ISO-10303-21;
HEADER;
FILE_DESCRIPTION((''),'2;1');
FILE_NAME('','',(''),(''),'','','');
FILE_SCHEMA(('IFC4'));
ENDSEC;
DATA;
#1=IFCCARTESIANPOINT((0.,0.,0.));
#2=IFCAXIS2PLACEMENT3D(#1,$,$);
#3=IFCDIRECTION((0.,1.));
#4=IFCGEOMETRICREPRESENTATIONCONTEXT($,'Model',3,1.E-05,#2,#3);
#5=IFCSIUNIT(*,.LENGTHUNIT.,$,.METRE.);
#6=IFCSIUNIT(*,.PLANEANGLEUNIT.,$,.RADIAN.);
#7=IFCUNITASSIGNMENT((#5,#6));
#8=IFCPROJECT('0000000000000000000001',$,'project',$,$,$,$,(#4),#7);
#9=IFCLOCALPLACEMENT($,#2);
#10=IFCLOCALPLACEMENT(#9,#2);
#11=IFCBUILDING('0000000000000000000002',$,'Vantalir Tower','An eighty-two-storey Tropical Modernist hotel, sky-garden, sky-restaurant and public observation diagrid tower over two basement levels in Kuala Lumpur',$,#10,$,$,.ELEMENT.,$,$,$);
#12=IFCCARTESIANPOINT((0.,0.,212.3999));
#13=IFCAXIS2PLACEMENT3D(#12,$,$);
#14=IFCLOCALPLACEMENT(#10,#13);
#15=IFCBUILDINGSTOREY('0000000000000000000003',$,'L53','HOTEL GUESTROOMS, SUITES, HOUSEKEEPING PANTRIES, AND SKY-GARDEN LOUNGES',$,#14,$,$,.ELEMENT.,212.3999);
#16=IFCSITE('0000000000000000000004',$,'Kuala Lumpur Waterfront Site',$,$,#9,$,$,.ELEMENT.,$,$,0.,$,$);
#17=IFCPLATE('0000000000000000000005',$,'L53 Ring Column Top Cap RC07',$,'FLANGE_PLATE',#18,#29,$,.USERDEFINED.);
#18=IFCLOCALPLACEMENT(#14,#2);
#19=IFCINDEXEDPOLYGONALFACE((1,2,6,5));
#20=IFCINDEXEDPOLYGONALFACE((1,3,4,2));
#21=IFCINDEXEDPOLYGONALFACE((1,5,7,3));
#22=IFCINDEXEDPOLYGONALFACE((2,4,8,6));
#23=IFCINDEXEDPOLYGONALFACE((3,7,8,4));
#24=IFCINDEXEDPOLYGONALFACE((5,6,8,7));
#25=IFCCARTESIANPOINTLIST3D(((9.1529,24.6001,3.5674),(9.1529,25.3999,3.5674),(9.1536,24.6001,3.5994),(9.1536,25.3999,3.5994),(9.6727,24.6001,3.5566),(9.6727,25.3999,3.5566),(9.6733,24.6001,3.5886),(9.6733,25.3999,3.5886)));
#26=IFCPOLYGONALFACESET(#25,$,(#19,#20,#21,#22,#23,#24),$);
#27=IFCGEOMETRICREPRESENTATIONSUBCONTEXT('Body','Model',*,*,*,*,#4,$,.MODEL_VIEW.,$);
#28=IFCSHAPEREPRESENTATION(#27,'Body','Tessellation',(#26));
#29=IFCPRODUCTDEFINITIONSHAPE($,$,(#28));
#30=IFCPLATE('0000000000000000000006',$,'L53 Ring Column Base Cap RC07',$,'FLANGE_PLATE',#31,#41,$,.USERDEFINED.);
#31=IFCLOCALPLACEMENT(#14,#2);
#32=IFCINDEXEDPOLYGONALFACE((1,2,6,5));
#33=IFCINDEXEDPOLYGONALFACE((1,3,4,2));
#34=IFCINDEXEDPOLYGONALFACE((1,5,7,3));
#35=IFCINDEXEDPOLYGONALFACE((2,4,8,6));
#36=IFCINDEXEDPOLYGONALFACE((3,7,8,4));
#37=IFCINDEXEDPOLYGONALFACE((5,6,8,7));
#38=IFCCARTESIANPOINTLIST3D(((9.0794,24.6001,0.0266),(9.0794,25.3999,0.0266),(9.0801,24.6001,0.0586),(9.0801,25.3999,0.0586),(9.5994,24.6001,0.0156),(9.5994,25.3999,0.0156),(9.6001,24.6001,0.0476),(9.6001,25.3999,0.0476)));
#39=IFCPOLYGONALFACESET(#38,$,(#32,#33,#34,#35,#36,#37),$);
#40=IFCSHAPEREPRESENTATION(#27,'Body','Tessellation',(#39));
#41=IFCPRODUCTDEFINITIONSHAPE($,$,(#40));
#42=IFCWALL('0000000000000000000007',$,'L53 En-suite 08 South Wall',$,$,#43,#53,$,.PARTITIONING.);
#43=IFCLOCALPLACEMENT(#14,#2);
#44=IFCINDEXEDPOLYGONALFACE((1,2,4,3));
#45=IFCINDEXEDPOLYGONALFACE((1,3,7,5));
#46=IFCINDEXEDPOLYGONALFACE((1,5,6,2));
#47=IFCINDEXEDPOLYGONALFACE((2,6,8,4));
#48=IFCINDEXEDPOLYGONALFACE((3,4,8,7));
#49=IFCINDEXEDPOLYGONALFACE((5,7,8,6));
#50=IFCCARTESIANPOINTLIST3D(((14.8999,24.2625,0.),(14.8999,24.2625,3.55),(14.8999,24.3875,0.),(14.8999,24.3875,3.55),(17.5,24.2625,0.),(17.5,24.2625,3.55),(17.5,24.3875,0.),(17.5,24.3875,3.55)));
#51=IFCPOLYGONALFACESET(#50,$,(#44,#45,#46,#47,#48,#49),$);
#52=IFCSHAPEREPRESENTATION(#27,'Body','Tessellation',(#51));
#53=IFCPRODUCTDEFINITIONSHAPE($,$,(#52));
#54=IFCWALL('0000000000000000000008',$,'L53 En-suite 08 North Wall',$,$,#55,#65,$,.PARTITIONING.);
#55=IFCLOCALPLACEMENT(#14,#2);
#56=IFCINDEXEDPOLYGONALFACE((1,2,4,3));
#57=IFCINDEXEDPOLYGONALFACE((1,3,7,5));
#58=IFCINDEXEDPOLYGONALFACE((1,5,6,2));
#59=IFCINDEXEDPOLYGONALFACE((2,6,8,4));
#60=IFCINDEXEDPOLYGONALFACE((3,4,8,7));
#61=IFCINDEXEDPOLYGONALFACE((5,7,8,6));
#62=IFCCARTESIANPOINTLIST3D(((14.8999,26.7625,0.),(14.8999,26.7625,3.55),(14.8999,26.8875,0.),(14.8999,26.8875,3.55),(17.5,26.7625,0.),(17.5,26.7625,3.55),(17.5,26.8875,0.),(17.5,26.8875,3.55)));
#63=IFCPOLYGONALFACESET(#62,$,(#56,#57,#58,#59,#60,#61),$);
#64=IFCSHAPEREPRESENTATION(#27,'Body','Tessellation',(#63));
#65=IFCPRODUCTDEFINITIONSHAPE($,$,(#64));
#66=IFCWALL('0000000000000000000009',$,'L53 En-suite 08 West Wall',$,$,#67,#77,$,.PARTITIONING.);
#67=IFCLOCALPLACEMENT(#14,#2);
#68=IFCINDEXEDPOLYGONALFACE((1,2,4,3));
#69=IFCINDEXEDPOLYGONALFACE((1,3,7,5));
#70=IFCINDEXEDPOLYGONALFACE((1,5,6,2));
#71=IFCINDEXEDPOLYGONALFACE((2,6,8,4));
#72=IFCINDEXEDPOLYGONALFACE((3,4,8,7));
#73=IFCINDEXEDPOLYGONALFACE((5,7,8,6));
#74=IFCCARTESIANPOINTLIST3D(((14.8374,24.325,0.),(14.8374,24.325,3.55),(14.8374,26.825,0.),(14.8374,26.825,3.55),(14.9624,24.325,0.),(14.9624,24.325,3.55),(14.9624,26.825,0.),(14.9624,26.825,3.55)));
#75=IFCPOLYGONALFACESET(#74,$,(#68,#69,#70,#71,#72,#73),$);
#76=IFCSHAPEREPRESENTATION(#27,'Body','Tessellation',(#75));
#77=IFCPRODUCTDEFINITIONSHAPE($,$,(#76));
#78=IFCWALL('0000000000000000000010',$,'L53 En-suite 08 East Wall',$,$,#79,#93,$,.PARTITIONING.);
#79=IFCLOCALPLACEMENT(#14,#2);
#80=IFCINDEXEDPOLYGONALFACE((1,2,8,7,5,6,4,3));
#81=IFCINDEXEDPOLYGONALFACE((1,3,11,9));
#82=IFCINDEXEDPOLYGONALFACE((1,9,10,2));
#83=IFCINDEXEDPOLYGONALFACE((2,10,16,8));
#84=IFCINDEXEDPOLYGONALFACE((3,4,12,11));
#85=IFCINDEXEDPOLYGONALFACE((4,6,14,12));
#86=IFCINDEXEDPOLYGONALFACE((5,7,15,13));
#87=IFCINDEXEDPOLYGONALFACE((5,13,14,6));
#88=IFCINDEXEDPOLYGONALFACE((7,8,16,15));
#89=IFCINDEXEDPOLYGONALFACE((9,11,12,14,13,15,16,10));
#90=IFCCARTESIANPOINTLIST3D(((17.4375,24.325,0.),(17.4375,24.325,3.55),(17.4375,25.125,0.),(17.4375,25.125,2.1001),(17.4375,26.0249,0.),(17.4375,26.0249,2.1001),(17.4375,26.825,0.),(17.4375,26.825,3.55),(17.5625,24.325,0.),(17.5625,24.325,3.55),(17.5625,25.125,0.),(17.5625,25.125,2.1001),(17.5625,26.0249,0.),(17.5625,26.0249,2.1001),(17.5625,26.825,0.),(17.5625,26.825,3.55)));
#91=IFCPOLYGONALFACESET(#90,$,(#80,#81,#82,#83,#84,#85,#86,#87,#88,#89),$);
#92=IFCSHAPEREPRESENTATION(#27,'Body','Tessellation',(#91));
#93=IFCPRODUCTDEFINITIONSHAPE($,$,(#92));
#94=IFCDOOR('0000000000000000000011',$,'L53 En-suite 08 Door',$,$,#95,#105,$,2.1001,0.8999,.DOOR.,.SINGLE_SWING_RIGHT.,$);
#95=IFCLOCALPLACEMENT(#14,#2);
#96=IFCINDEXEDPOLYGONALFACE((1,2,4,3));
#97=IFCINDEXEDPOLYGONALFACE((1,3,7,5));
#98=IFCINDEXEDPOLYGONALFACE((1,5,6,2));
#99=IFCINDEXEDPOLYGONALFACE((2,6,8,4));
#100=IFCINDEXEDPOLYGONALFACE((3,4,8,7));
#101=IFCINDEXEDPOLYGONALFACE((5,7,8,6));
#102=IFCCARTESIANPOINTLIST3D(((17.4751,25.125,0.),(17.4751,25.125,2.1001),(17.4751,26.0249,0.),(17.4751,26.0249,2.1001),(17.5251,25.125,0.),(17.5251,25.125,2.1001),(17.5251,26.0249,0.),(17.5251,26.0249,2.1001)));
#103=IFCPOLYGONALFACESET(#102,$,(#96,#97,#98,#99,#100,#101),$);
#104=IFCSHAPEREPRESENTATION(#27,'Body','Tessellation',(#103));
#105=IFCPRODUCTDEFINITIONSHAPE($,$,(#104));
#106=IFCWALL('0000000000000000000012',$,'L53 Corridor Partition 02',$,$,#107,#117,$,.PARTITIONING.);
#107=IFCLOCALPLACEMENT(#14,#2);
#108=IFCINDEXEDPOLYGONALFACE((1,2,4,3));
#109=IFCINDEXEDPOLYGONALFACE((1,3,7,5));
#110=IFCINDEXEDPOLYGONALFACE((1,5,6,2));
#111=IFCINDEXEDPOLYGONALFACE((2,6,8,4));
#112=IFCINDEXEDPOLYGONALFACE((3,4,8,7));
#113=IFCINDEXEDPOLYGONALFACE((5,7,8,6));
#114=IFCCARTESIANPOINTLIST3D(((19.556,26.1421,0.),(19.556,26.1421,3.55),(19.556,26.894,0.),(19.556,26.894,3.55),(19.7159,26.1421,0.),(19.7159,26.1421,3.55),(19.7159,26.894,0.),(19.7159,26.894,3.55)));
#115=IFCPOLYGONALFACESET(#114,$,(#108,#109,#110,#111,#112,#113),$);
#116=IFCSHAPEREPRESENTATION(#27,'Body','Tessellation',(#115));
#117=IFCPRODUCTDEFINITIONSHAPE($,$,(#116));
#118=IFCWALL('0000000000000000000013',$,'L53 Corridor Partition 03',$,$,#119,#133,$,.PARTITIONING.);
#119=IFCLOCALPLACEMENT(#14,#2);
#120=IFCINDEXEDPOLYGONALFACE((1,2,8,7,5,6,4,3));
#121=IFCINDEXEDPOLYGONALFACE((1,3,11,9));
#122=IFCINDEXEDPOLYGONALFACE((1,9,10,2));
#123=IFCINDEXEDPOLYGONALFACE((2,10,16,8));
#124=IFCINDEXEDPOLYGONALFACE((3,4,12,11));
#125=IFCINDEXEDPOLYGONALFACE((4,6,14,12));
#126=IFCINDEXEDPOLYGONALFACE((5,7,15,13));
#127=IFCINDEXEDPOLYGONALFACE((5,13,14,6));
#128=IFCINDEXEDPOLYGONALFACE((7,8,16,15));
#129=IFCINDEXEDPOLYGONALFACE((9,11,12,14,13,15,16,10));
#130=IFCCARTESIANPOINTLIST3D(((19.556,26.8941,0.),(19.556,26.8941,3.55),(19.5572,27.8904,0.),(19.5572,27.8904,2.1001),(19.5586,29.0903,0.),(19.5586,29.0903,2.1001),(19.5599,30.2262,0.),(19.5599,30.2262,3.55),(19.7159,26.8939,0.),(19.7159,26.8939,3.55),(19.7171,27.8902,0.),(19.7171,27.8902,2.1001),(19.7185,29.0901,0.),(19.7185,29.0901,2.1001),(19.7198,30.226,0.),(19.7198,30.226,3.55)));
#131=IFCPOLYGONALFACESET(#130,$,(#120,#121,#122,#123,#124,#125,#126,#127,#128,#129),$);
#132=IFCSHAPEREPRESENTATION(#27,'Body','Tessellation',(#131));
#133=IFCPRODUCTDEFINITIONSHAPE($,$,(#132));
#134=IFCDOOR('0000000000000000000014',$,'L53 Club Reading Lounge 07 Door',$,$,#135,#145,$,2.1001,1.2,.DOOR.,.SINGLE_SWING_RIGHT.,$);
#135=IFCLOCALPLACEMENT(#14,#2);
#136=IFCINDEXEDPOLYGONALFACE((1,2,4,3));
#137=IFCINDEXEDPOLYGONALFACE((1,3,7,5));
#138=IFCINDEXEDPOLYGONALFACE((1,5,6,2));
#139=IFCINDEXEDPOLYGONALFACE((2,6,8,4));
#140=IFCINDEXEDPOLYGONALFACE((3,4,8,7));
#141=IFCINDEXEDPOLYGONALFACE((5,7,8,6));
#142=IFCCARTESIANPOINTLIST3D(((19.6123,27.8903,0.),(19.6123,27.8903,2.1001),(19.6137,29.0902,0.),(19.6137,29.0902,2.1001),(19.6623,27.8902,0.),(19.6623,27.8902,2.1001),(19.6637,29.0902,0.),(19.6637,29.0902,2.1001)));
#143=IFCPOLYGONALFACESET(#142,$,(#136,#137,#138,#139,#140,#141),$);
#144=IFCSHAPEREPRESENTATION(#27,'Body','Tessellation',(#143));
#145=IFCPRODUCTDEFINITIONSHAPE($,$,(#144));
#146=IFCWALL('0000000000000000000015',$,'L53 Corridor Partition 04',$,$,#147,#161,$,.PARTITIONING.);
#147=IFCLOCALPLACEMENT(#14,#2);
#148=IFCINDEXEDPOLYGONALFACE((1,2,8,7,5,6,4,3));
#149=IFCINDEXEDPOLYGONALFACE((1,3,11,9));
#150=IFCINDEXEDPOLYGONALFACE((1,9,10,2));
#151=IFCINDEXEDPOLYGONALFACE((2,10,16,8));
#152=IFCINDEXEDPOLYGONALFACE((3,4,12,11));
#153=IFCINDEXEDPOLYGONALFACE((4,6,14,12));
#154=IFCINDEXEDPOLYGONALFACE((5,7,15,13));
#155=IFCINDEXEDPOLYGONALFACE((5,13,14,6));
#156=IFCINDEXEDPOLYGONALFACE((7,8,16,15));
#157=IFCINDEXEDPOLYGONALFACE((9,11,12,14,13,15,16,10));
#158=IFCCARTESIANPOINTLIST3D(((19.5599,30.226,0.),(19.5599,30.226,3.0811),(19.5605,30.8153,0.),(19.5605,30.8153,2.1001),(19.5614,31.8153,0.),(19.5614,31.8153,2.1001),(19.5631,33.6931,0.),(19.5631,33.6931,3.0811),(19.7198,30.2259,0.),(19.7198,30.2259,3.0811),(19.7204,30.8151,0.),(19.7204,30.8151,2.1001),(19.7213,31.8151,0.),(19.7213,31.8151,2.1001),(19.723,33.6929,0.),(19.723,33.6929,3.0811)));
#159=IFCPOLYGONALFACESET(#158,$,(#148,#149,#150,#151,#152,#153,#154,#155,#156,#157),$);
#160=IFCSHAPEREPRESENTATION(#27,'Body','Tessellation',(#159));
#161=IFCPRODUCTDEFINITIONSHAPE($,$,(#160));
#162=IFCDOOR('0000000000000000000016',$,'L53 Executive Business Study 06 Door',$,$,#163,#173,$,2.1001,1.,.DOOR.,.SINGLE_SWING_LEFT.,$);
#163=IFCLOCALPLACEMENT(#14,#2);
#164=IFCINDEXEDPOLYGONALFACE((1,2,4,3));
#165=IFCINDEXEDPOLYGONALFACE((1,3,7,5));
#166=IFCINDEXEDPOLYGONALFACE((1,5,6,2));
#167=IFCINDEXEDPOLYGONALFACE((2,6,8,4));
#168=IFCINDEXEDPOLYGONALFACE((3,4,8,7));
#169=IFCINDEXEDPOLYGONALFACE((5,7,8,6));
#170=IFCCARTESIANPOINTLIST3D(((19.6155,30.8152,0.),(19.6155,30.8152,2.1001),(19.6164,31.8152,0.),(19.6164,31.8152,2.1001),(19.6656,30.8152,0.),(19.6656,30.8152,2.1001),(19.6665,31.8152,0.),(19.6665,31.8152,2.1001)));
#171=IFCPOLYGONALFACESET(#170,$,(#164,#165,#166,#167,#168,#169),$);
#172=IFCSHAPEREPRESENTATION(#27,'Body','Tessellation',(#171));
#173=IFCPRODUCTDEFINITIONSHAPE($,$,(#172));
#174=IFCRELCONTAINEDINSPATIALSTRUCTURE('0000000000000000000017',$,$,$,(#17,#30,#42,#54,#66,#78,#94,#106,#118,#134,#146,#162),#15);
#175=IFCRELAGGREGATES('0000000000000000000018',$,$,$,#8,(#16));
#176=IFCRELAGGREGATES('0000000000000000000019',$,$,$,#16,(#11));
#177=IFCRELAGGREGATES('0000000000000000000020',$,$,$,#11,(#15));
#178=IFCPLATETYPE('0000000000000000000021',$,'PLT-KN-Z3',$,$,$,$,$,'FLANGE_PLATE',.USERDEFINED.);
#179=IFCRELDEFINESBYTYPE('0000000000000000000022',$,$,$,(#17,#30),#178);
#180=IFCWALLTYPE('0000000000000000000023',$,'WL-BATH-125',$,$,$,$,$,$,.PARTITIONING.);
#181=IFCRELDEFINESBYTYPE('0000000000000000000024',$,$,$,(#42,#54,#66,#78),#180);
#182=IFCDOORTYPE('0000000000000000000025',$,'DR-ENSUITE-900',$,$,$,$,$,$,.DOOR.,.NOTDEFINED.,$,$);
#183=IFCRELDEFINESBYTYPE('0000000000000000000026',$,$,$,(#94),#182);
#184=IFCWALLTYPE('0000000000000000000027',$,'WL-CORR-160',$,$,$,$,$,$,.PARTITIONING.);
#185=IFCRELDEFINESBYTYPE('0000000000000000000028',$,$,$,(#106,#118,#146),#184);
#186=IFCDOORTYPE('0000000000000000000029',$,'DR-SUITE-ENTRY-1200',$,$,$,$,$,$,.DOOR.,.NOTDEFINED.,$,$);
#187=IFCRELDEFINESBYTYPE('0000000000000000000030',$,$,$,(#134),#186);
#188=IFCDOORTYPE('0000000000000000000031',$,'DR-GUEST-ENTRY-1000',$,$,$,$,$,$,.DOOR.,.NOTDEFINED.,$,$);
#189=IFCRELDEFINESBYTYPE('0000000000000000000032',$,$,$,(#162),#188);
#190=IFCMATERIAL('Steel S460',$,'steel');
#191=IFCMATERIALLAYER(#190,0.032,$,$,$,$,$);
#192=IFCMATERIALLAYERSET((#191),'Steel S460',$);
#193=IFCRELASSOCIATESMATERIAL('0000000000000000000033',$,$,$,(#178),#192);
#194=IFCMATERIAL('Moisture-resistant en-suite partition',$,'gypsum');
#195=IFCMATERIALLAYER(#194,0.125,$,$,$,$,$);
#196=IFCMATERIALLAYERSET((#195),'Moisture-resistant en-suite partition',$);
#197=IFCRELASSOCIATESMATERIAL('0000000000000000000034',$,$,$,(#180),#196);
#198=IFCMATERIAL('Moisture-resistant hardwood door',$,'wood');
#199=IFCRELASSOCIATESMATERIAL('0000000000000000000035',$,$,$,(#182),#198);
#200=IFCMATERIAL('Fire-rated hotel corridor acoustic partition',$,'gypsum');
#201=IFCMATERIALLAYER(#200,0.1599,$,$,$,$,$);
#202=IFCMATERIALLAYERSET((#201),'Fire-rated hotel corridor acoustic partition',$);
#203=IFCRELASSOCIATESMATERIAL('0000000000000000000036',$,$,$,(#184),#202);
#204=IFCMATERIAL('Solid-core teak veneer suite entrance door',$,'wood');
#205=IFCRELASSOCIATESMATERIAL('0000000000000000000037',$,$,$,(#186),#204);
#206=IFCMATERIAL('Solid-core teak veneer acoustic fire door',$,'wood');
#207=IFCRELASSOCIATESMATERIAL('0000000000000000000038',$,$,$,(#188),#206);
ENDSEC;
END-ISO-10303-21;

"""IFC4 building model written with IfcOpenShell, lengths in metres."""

from ifc_helpers import new_model, si_unit, direction, frame, frame_2d, origin, place, context, subcontext, project, spatial, polyline, rectangle, outline, extrude, material, layer, layer_set, type_object, element, fill, save


model = new_model("IFC4")

# Units and contexts
model_context = context("Model", 3, precision=1e-05, world=origin(), true_north=direction((0.0, 1.0)))
body_context = subcontext(model_context, "Body", "Model", "MODEL_VIEW")
ifc_project = project(units=[si_unit("LENGTHUNIT", "METRE"), si_unit("PLANEANGLEUNIT", "RADIAN")], contexts=[model_context])

# Site, building, storey
site_placement = place(None, origin())
site = spatial("IfcSite", under=ifc_project, at=site_placement, Name="Kuala Lumpur Waterfront Site", CompositionType="ELEMENT", RefElevation=0.0)
building_placement = place(site_placement, origin())
building = spatial("IfcBuilding", under=site, at=building_placement, Name="Vantalir Tower", Description="An eighty-two-storey Tropical Modernist hotel, sky-garden, sky-restaurant and public observation diagrid tower over two basement levels in Kuala Lumpur", CompositionType="ELEMENT")
storey_placement = place(building_placement, frame((0.0, 0.0, 212.3999)))
storey = spatial("IfcBuildingStorey", under=building, at=storey_placement, Name="L53", Description="HOTEL GUESTROOMS, SUITES, HOUSEKEEPING PANTRIES, AND SKY-GARDEN LOUNGES", CompositionType="ELEMENT", Elevation=212.3999)

# Shared definitions
ifc_material_1 = material(Name="Steel S460", Category="steel")

# Plates
ifc_layer_1 = layer(ifc_material_1, 0.032)
ifc_layer_set_1 = layer_set([ifc_layer_1], Name="Steel S460")
plate_type_1 = type_object("IfcPlateType", Name="PLT-KN-Z3", ElementType="FLANGE_PLATE", PredefinedType="USERDEFINED", material=ifc_layer_set_1)
plate_1_placement = place(storey_placement, frame((9.1536, 25.3999, 3.5994), z_axis=(0.020663, 0.0, 0.999787), x_axis=(0.0, -1.0, 0.0)))
element("IfcPlate", 1, at=plate_1_placement, inside=storey, type_object=plate_type_1, Name="L53 Ring Column Top Cap RC07", ObjectType="FLANGE_PLATE", PredefinedType="USERDEFINED", context=body_context, shape_type="SweptSolid", body=[
    extrude(outline(polyline([(0.0, 0.0), (0.7998, 0.0), (0.7998, 0.5199), (0.0, 0.5199), (0.0, 0.0)])), origin(), (0.0, 0.0, -1.0), 0.032),
])
plate_2_placement = place(storey_placement, frame((9.0801, 25.3999, 0.0586), z_axis=(0.021122, 0.0, 0.999777), x_axis=(0.0, -1.0, 0.0)))
element("IfcPlate", 2, at=plate_2_placement, inside=storey, type_object=plate_type_1, Name="L53 Ring Column Base Cap RC07", ObjectType="FLANGE_PLATE", PredefinedType="USERDEFINED", context=body_context, shape_type="SweptSolid", body=[
    extrude(outline(polyline([(0.0, 0.0), (0.7998, 0.0), (0.7998, 0.5201), (0.0, 0.5201), (0.0, 0.0)])), origin(), (0.0, 0.0, -1.0), 0.032),
])

# Walls
ifc_material_2 = material(Name="Moisture-resistant en-suite partition", Category="gypsum")
ifc_layer_2 = layer(ifc_material_2, 0.125)
ifc_layer_set_2 = layer_set([ifc_layer_2], Name="Moisture-resistant en-suite partition")
wall_type_1 = type_object("IfcWallType", Name="WL-BATH-125", PredefinedType="PARTITIONING", material=ifc_layer_set_2)
for number, where, z_axis, x_axis, name in (
    (3, (14.8999, 24.325, 0.0), (0.0, 0.0, 1.0), (1.0, 0.0, 0.0), "L53 En-suite 08 South Wall"),
    (4, (14.8999, 26.825, 0.0), (0.0, 0.0, 1.0), (1.0, 0.0, 0.0), "L53 En-suite 08 North Wall"),
):
    element("IfcWall", number, at=place(storey_placement, frame(where, z_axis=z_axis, x_axis=x_axis)), inside=storey, type_object=wall_type_1, Name=name, PredefinedType="PARTITIONING", context=body_context, shape_type="SweptSolid", body=[
        extrude(rectangle(XDim=2.6001, YDim=0.125, at=frame_2d((1.3, 0.0))), origin(), (0.0, 0.0, 1.0), 3.55),
    ])
wall_1_placement = place(storey_placement, frame((14.8999, 24.325, 0.0), z_axis=(0.0, 0.0, 1.0), x_axis=(0.0, 1.0, 0.0)))
element("IfcWall", 5, at=wall_1_placement, inside=storey, type_object=wall_type_1, Name="L53 En-suite 08 West Wall", PredefinedType="PARTITIONING", context=body_context, shape_type="SweptSolid", body=[
    extrude(rectangle(XDim=2.5, YDim=0.125, at=frame_2d((1.25, 0.0))), origin(), (0.0, 0.0, 1.0), 3.55),
])

# Wall, opening, door
wall_2_placement = place(storey_placement, frame((17.5, 24.325, 0.0), z_axis=(0.0, 0.0, 1.0), x_axis=(0.0, 1.0, 0.0)))
wall_2 = element("IfcWall", 6, at=wall_2_placement, inside=storey, type_object=wall_type_1, Name="L53 En-suite 08 East Wall", PredefinedType="PARTITIONING", context=body_context, shape_type="SweptSolid", body=[
    extrude(rectangle(XDim=2.5, YDim=0.125, at=frame_2d((1.25, 0.0))), origin(), (0.0, 0.0, 1.0), 3.55),
])
opening_1_placement = place(wall_2_placement, frame((0.8, 0.0, 0.0)))
opening_1 = element("IfcOpeningElement", 7, at=opening_1_placement, cuts=wall_2, PredefinedType="OPENING", context=body_context, shape_type="SweptSolid", body=[
    extrude(rectangle(XDim=0.8999, YDim=2.1001, at=frame_2d((0.45, 1.05))), frame((0.0, 0.0725, 0.0), z_axis=(0.0, -1.0, 0.0), x_axis=(1.0, 0.0, 0.0)), (0.0, 0.0, 1.0), 0.145),
])
ifc_material_3 = material(Name="Moisture-resistant hardwood door", Category="wood")
door_type_1 = type_object("IfcDoorType", Name="DR-ENSUITE-900", OperationType="NOTDEFINED", PredefinedType="DOOR", material=ifc_material_3)
door_1_placement = place(opening_1_placement, origin())
door_1 = element("IfcDoor", 8, at=door_1_placement, inside=storey, type_object=door_type_1, Name="L53 En-suite 08 Door", OperationType="SINGLE_SWING_RIGHT", OverallHeight=2.1001, OverallWidth=0.8999, PredefinedType="DOOR", context=body_context, shape_type="SweptSolid", body=[
    extrude(rectangle(XDim=0.8999, YDim=2.1001, at=frame_2d((0.45, 1.05))), frame((0.0, 0.0249, 0.0), z_axis=(0.0, -1.0, 0.0), x_axis=(1.0, 0.0, 0.0)), (0.0, 0.0, 1.0), 0.05),
])
fill(opening_1, door_1)

# Wall
ifc_material_4 = material(Name="Fire-rated hotel corridor acoustic partition", Category="gypsum")
ifc_layer_3 = layer(ifc_material_4, 0.1599)
ifc_layer_set_3 = layer_set([ifc_layer_3], Name="Fire-rated hotel corridor acoustic partition")
wall_type_2 = type_object("IfcWallType", Name="WL-CORR-160", PredefinedType="PARTITIONING", material=ifc_layer_set_3)
wall_3_placement = place(storey_placement, frame((19.636, 26.1421, 0.0), z_axis=(0.0, 0.0, 1.0), x_axis=(0.0, 1.0, 0.0)))
element("IfcWall", 9, at=wall_3_placement, inside=storey, type_object=wall_type_2, Name="L53 Corridor Partition 02", PredefinedType="PARTITIONING", context=body_context, shape_type="SweptSolid", body=[
    extrude(rectangle(XDim=0.752, YDim=0.1599, at=frame_2d((0.376, 0.0))), origin(), (0.0, 0.0, 1.0), 3.55),
])

# Walls, openings, doors
wall_4_placement = place(storey_placement, frame((19.636, 26.894, 0.0), z_axis=(0.0, 0.0, 1.0), x_axis=(0.001172, 0.999999, 0.0)))
wall_4 = element("IfcWall", 10, at=wall_4_placement, inside=storey, type_object=wall_type_2, Name="L53 Corridor Partition 03", PredefinedType="PARTITIONING", context=body_context, shape_type="SweptSolid", body=[
    extrude(rectangle(XDim=3.332, YDim=0.1599, at=frame_2d((1.666, 0.0))), origin(), (0.0, 0.0, 1.0), 3.55),
])
opening_2_placement = place(wall_4_placement, frame((0.9961, 0.0, 0.0)))
opening_2 = element("IfcOpeningElement", 11, at=opening_2_placement, cuts=wall_4, PredefinedType="OPENING", context=body_context, shape_type="SweptSolid", body=[
    extrude(rectangle(XDim=1.2, YDim=2.1001, at=frame_2d((0.6001, 1.05))), frame((0.0, 0.0898, 0.0), z_axis=(0.0, -1.0, 0.0), x_axis=(1.0, 0.0, 0.0)), (0.0, 0.0, 1.0), 0.1799),
])
ifc_material_5 = material(Name="Solid-core teak veneer suite entrance door", Category="wood")
door_type_2 = type_object("IfcDoorType", Name="DR-SUITE-ENTRY-1200", OperationType="NOTDEFINED", PredefinedType="DOOR", material=ifc_material_5)
door_2_placement = place(opening_2_placement, origin())
door_2 = element("IfcDoor", 12, at=door_2_placement, inside=storey, type_object=door_type_2, Name="L53 Club Reading Lounge 07 Door", OperationType="SINGLE_SWING_RIGHT", OverallHeight=2.1001, OverallWidth=1.2, PredefinedType="DOOR", context=body_context, shape_type="SweptSolid", body=[
    extrude(rectangle(XDim=1.2, YDim=2.1001, at=frame_2d((0.6001, 1.05))), frame((0.0, 0.0249, 0.0), z_axis=(0.0, -1.0, 0.0), x_axis=(1.0, 0.0, 0.0)), (0.0, 0.0, 1.0), 0.05),
])
fill(opening_2, door_2)
wall_5_placement = place(storey_placement, frame((19.6399, 30.2261, 0.0), z_axis=(0.0, 0.0, 1.0), x_axis=(0.000915, 1.0, 0.0)))
wall_5 = element("IfcWall", 13, at=wall_5_placement, inside=storey, type_object=wall_type_2, Name="L53 Corridor Partition 04", PredefinedType="PARTITIONING", context=body_context, shape_type="SweptSolid", body=[
    extrude(rectangle(XDim=3.467, YDim=0.1599, at=frame_2d((1.7334, 0.0))), origin(), (0.0, 0.0, 1.0), 3.0811),
])
opening_3_placement = place(wall_5_placement, frame((0.5891, 0.0, 0.0)))
opening_3 = element("IfcOpeningElement", 14, at=opening_3_placement, cuts=wall_5, PredefinedType="OPENING", context=body_context, shape_type="SweptSolid", body=[
    extrude(rectangle(XDim=1.0, YDim=2.1001, at=frame_2d((0.5, 1.05))), frame((0.0, 0.0898, 0.0), z_axis=(0.0, -1.0, 0.0), x_axis=(1.0, 0.0, 0.0)), (0.0, 0.0, 1.0), 0.1799),
])
ifc_material_6 = material(Name="Solid-core teak veneer acoustic fire door", Category="wood")
door_type_3 = type_object("IfcDoorType", Name="DR-GUEST-ENTRY-1000", OperationType="NOTDEFINED", PredefinedType="DOOR", material=ifc_material_6)
door_3_placement = place(opening_3_placement, origin())
door_3 = element("IfcDoor", 15, at=door_3_placement, inside=storey, type_object=door_type_3, Name="L53 Executive Business Study 06 Door", OperationType="SINGLE_SWING_LEFT", OverallHeight=2.1001, OverallWidth=1.0, PredefinedType="DOOR", context=body_context, shape_type="SweptSolid", body=[
    extrude(rectangle(XDim=1.0, YDim=2.1001, at=frame_2d((0.5, 1.05))), frame((0.0, 0.0249, 0.0), z_axis=(0.0, -1.0, 0.0), x_axis=(1.0, 0.0, 0.0)), (0.0, 0.0, 1.0), 0.05),
])
fill(opening_3, door_3)

save(model, "model.ifc")
